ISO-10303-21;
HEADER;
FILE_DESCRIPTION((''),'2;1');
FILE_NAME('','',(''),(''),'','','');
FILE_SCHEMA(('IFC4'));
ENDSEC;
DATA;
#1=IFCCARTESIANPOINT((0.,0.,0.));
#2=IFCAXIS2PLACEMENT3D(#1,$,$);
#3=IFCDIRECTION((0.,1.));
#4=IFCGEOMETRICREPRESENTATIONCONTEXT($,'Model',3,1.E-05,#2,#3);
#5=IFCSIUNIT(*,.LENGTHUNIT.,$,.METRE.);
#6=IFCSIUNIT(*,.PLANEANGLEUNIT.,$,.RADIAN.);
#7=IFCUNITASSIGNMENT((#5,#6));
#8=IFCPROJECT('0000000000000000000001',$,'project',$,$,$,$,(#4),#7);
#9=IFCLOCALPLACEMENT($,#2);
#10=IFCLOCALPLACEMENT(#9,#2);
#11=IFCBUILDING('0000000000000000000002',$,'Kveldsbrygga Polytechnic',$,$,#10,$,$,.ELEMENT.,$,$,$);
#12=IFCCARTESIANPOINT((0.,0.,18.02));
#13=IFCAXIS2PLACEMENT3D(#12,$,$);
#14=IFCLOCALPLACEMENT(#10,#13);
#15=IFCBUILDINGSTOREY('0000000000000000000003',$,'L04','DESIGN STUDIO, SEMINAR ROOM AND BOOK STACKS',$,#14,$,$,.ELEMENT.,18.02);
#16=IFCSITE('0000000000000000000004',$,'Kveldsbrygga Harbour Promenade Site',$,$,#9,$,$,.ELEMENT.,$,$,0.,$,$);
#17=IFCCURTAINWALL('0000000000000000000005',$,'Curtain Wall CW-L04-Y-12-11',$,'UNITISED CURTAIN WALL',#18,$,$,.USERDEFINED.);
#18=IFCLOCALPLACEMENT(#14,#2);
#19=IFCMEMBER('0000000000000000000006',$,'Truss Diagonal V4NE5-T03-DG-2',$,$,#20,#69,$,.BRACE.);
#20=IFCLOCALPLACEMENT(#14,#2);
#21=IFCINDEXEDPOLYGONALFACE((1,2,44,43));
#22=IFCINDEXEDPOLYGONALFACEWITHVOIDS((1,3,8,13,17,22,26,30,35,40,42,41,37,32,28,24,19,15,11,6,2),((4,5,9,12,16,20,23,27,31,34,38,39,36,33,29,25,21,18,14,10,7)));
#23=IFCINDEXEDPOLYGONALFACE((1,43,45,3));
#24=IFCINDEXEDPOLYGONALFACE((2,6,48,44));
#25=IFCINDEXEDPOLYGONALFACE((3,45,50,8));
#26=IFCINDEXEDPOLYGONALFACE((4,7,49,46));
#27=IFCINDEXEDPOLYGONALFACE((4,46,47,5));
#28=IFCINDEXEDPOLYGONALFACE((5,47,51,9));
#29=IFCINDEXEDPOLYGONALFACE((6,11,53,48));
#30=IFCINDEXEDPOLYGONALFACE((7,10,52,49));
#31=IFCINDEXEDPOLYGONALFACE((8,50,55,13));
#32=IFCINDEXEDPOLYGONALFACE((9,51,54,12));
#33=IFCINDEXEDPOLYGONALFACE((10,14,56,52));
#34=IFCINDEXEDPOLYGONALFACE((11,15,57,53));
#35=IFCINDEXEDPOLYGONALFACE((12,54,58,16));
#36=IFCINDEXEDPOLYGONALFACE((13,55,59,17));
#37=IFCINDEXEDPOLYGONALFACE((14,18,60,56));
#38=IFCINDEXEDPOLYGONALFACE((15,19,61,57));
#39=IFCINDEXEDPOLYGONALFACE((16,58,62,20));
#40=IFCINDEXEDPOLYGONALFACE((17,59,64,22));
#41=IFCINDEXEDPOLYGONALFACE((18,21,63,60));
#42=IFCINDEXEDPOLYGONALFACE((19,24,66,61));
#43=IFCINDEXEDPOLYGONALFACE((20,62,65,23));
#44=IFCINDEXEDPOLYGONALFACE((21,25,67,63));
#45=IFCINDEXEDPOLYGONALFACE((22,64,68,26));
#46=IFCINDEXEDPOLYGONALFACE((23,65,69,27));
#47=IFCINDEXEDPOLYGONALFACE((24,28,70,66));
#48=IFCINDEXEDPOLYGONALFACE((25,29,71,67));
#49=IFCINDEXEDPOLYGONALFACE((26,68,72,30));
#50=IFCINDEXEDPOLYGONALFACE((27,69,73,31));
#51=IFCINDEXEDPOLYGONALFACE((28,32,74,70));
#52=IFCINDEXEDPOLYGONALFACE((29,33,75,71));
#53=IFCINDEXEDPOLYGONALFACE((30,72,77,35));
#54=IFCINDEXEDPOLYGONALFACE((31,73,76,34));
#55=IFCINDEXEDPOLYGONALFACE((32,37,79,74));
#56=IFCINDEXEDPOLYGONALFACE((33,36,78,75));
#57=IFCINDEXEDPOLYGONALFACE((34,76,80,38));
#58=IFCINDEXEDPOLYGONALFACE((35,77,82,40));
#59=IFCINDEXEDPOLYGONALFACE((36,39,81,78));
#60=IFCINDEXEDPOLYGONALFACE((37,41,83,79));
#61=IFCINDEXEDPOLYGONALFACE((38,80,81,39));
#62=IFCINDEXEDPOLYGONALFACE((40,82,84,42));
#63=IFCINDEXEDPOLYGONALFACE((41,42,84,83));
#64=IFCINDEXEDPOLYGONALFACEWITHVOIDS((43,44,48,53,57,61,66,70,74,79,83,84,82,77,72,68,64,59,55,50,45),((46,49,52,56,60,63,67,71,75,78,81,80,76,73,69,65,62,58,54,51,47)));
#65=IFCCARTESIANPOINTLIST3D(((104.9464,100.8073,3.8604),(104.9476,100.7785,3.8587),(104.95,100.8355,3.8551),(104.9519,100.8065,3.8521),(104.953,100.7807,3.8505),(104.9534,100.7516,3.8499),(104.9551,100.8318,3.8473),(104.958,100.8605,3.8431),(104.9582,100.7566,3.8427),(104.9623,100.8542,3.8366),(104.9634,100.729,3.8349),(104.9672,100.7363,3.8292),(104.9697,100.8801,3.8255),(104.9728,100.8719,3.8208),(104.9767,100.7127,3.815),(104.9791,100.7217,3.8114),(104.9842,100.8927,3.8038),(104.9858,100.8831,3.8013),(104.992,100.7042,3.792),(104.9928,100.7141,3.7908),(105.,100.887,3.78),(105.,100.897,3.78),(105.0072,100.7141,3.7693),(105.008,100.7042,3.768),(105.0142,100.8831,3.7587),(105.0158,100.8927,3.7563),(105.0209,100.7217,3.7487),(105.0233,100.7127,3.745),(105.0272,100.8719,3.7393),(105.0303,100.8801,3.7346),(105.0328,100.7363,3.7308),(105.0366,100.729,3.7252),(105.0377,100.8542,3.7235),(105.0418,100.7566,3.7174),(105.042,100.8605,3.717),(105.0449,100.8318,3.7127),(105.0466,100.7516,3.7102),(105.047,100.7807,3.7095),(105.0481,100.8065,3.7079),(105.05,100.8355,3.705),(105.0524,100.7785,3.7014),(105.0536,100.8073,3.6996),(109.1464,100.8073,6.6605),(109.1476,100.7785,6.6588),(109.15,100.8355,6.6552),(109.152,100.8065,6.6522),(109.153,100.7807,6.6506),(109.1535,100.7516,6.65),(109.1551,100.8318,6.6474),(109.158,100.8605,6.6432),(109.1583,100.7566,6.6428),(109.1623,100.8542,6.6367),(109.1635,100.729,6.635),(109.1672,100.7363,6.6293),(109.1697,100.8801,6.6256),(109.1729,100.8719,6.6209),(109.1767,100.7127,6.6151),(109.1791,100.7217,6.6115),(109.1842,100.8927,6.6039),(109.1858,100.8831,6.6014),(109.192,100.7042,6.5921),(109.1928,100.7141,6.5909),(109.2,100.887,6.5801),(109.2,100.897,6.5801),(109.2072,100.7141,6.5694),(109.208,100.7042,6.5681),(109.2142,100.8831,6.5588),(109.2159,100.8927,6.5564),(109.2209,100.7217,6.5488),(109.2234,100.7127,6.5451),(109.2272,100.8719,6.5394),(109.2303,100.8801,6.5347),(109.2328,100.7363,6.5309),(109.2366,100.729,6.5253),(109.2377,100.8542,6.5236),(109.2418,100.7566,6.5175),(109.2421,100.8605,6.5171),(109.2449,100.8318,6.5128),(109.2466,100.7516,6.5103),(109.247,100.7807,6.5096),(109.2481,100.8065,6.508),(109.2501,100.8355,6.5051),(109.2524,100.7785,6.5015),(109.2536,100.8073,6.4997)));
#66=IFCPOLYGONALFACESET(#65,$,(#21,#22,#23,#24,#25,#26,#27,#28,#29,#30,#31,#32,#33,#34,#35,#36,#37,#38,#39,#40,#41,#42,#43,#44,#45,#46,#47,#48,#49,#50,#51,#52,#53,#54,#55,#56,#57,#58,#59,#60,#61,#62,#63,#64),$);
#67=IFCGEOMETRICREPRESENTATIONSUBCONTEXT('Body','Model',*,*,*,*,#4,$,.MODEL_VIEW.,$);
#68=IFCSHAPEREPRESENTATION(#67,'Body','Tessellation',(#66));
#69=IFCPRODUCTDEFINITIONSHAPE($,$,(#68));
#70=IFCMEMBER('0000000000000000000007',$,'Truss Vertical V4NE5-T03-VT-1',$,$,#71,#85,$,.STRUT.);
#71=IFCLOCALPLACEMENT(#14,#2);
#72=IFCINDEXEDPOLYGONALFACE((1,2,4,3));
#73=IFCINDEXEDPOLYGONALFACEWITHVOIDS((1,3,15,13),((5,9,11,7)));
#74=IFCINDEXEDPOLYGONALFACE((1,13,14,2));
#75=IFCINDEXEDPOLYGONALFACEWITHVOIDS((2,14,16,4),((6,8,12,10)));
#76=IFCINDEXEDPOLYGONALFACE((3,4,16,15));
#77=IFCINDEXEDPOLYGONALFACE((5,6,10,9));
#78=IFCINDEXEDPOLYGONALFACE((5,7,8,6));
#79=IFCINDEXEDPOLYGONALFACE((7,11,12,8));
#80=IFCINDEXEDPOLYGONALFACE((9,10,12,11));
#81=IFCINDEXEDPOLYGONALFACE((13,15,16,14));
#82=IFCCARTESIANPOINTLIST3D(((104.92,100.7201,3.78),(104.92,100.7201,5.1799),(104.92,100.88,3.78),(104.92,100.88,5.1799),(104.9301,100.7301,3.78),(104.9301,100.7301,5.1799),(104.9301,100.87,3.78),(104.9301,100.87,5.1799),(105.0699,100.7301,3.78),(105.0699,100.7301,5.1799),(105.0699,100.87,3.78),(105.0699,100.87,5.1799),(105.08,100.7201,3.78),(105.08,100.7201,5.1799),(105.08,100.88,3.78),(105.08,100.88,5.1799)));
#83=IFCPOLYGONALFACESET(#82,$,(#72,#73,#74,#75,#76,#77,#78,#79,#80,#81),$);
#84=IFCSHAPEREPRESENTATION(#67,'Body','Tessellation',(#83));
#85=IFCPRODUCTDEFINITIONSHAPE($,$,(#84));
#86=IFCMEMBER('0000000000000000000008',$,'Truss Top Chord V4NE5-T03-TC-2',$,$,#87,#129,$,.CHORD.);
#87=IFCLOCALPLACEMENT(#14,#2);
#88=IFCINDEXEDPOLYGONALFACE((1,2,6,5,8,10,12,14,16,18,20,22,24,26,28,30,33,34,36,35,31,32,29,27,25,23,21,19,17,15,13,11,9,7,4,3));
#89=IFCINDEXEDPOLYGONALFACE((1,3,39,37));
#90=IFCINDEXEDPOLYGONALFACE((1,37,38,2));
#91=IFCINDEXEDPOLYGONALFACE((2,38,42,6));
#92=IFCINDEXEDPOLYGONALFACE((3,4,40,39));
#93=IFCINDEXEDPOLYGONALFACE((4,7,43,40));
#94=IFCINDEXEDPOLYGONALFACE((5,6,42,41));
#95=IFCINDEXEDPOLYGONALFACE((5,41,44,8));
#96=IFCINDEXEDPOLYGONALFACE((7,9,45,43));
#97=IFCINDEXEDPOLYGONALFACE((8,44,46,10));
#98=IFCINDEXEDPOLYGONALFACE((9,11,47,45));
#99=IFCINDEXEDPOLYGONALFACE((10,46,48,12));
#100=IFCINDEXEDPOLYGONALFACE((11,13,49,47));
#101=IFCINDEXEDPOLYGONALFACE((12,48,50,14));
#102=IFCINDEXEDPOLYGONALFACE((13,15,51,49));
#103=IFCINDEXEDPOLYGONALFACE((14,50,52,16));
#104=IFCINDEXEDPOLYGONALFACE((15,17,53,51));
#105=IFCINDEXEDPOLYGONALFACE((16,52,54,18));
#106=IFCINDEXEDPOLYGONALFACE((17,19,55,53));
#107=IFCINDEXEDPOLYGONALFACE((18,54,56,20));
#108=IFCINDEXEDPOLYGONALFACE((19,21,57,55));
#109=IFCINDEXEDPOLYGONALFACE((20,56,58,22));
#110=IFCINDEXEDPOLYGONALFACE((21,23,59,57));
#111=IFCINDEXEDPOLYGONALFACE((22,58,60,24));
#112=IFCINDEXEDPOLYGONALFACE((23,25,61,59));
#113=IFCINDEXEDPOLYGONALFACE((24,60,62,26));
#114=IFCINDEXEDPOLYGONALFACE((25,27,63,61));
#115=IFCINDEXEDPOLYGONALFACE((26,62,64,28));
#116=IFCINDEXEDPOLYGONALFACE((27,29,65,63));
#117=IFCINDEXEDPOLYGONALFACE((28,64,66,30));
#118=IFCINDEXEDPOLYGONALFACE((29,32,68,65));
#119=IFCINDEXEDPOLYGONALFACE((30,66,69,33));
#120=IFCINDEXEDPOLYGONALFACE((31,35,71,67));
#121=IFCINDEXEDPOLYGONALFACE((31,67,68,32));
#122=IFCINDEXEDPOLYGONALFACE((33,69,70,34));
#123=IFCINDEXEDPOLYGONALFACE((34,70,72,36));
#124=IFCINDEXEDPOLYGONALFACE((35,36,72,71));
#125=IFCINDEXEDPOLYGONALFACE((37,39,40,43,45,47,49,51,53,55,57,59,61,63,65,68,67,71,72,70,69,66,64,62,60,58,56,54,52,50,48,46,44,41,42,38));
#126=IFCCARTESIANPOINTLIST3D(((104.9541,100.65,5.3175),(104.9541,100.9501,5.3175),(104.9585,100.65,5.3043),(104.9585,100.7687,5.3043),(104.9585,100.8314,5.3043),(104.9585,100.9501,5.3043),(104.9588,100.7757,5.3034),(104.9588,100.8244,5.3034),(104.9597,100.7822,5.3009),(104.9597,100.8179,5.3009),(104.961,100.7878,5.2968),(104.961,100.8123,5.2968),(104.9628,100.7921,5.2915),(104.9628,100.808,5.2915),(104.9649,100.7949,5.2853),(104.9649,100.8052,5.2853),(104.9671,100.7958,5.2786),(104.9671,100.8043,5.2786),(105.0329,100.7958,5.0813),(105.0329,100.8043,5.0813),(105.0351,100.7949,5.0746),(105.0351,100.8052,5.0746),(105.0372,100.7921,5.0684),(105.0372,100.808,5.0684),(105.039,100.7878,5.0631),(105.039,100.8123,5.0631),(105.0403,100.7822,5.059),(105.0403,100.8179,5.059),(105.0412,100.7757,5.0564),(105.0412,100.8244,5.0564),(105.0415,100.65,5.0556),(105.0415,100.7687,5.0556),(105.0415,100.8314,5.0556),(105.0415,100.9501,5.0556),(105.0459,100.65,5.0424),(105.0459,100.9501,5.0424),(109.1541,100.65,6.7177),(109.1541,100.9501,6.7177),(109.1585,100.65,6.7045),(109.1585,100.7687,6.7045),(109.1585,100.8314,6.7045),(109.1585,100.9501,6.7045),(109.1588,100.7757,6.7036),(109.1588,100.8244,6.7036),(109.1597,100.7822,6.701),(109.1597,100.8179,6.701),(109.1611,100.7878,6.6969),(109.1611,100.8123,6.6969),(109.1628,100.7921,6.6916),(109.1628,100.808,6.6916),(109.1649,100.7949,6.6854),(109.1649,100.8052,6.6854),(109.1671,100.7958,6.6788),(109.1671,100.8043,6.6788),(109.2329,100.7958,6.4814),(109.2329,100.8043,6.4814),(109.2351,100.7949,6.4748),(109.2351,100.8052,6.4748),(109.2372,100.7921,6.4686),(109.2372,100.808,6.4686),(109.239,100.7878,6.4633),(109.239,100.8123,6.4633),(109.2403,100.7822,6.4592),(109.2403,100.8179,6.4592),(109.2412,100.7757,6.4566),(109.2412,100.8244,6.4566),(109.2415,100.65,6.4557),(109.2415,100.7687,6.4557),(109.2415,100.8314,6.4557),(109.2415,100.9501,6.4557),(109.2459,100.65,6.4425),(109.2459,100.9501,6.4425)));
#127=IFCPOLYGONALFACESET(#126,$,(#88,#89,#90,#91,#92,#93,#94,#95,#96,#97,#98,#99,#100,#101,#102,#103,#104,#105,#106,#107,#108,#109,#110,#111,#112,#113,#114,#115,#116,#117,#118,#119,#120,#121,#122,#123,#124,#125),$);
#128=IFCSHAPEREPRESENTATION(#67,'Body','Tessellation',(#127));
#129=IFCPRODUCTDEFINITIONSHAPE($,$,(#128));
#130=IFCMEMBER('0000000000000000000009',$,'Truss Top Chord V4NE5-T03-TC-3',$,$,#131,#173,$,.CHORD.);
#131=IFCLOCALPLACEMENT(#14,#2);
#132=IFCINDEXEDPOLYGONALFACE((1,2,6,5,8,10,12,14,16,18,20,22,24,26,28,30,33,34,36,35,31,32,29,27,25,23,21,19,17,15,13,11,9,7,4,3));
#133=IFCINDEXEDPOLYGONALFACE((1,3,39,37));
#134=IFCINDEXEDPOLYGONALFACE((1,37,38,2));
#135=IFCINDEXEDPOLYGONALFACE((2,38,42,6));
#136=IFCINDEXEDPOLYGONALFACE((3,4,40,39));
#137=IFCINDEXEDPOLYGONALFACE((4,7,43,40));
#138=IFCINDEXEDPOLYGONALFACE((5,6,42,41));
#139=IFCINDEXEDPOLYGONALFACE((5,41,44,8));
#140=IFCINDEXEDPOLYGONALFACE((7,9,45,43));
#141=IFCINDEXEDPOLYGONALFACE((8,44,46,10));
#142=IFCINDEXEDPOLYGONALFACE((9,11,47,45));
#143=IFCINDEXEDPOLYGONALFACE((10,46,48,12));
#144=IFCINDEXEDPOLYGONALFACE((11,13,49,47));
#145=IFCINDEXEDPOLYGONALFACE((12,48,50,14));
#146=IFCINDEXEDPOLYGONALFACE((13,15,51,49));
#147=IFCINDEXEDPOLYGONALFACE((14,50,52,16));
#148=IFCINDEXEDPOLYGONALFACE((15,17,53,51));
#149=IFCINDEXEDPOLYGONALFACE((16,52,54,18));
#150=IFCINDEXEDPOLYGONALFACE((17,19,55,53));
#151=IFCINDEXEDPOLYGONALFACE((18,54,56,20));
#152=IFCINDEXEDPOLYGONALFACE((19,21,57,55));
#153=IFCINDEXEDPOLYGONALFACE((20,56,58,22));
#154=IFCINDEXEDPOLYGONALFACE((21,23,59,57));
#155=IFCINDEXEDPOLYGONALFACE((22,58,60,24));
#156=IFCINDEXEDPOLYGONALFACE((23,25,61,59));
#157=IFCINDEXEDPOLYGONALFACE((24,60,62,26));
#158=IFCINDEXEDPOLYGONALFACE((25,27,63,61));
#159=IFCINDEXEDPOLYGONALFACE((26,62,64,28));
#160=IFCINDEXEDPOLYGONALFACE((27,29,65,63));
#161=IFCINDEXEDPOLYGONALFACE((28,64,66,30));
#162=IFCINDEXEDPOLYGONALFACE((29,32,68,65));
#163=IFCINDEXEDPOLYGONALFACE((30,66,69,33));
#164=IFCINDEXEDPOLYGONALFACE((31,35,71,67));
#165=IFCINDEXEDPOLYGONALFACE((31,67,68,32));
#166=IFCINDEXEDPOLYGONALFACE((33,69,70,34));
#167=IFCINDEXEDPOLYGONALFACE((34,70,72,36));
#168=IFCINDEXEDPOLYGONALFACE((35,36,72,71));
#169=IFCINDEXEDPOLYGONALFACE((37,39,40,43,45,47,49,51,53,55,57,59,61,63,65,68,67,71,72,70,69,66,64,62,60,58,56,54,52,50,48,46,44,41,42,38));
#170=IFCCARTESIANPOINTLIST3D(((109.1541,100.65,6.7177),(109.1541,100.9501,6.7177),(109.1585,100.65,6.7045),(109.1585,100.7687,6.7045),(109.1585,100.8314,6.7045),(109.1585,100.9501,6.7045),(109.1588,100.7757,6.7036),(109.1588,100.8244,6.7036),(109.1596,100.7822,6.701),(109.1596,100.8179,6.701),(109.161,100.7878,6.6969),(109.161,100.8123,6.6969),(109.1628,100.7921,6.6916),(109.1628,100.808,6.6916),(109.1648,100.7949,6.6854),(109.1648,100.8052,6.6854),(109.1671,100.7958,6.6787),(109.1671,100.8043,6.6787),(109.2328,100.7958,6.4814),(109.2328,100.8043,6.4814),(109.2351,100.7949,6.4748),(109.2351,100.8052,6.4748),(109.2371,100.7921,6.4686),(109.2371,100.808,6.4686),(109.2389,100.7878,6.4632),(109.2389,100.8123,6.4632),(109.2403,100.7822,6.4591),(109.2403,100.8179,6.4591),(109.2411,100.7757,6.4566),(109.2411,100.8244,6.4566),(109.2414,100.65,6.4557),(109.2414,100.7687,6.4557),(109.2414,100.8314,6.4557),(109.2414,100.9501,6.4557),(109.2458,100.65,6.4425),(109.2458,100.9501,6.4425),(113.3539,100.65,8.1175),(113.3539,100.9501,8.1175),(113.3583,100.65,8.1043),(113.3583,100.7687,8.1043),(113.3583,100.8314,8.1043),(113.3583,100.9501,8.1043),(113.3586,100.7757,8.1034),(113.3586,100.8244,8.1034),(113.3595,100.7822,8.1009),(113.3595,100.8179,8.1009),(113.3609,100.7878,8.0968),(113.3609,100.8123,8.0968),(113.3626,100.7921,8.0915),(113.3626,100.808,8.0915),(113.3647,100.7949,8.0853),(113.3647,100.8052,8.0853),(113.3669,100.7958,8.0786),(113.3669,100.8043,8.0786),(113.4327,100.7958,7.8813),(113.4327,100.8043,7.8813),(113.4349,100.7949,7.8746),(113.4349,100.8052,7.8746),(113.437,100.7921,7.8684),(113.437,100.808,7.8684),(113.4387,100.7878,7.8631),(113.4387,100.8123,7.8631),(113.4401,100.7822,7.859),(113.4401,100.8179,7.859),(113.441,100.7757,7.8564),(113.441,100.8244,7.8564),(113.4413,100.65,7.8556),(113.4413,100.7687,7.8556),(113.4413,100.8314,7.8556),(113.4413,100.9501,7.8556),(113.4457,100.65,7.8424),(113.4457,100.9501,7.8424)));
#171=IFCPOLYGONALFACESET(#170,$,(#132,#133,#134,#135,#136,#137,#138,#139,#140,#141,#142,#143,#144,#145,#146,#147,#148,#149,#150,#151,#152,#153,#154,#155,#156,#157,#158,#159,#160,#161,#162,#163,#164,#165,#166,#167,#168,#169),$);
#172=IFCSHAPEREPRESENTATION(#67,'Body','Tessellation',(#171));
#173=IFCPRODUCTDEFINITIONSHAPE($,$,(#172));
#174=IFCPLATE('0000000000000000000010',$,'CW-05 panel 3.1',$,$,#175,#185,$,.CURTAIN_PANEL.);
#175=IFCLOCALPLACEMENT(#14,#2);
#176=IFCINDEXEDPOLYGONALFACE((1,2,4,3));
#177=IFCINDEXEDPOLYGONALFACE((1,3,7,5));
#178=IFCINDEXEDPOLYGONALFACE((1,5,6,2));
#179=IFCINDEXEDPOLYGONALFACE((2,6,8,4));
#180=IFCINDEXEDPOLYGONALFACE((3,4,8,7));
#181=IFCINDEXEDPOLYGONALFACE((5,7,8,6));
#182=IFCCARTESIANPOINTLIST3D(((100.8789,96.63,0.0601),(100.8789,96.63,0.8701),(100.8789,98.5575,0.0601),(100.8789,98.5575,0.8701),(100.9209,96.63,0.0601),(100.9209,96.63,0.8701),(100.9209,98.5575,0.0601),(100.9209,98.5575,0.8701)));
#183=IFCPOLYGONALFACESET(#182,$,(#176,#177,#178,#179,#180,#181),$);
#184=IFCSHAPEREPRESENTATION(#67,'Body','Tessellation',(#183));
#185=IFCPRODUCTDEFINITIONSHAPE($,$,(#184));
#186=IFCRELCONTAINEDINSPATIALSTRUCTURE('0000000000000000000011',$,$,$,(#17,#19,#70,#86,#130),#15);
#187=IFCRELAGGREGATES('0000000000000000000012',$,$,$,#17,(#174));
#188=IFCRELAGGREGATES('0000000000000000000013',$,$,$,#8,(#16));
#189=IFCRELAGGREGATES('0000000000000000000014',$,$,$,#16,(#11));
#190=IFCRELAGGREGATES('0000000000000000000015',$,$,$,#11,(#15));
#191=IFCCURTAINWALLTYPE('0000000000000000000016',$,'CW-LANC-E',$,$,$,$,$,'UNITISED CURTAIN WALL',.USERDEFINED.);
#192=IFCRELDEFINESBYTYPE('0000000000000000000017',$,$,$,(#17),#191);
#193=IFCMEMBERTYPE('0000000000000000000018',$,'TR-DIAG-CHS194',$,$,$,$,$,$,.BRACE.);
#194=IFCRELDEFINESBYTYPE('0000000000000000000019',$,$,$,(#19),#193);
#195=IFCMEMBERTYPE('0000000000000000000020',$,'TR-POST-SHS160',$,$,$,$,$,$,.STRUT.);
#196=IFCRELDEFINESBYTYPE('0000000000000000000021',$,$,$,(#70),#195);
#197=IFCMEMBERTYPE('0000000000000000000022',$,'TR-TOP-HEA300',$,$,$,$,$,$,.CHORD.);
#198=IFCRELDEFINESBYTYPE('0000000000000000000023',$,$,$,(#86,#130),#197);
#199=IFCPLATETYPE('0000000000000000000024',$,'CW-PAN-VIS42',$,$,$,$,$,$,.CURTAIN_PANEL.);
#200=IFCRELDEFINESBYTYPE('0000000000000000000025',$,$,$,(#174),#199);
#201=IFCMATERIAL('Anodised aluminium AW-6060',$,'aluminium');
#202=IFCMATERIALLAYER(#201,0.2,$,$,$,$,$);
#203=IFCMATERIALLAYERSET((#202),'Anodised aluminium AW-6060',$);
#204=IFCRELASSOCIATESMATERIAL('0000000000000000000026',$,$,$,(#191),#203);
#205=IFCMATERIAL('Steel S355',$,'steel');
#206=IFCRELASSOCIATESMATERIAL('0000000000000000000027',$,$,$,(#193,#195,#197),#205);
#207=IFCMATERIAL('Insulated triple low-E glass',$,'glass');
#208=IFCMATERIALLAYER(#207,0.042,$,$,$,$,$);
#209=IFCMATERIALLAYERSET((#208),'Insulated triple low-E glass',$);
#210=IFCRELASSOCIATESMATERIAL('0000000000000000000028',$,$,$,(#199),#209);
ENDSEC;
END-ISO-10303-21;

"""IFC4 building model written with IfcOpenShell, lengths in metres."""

from ifc_helpers import new_model, si_unit, direction, frame, origin, origin_2d, place, context, subcontext, project, spatial, rectangle, hollow_rectangle, hollow_circle, i_section, extrude, material, layer, layer_set, material_profile, profile_set, type_object, element, aggregate, save


model = new_model("IFC4")

# Units and contexts
model_context = context("Model", 3, precision=1e-05, world=origin(), true_north=direction((0.0, 1.0)))
body_context = subcontext(model_context, "Body", "Model", "MODEL_VIEW")
ifc_project = project(units=[si_unit("LENGTHUNIT", "METRE"), si_unit("PLANEANGLEUNIT", "RADIAN")], contexts=[model_context])

# Site, building, storey
site_placement = place(None, origin())
site = spatial("IfcSite", under=ifc_project, at=site_placement, Name="Kveldsbrygga Harbour Promenade Site", CompositionType="ELEMENT", RefElevation=0.0)
building_placement = place(site_placement, origin())
building = spatial("IfcBuilding", under=site, at=building_placement, Name="Kveldsbrygga Polytechnic", CompositionType="ELEMENT")
storey_placement = place(building_placement, frame((0.0, 0.0, 18.02)))
storey = spatial("IfcBuildingStorey", under=building, at=storey_placement, Name="L04", Description="DESIGN STUDIO, SEMINAR ROOM AND BOOK STACKS", CompositionType="ELEMENT", Elevation=18.02)

# Curtain wall
ifc_material_1 = material(Name="Anodised aluminium AW-6060", Category="aluminium")
ifc_layer_1 = layer(ifc_material_1, 0.2)
ifc_layer_set_1 = layer_set([ifc_layer_1], Name="Anodised aluminium AW-6060")
curtain_wall_type = type_object("IfcCurtainWallType", Name="CW-LANC-E", ElementType="UNITISED CURTAIN WALL", PredefinedType="USERDEFINED", material=ifc_layer_set_1)
curtain_wall_placement = place(storey_placement, origin())
curtain_wall = element("IfcCurtainWall", 1, at=curtain_wall_placement, inside=storey, type_object=curtain_wall_type, Name="Curtain Wall CW-L04-Y-12-11", ObjectType="UNITISED CURTAIN WALL", PredefinedType="USERDEFINED")

# Members
ifc_material_2 = material(Name="Steel S355", Category="steel")
ifc_material_profile_1 = material_profile(ifc_material_2, hollow_circle(Radius=0.0969, WallThickness=0.01, at=origin_2d()), Name="CHS 193.7x10.0")
ifc_profile_set_1 = profile_set([ifc_material_profile_1], Name="Steel S355")
member_type_1 = type_object("IfcMemberType", Name="TR-DIAG-CHS194", PredefinedType="BRACE", material=ifc_profile_set_1)
member_1_placement = place(storey_placement, frame((105.0, 100.8, 3.78), z_axis=(0.832043, 0.0, 0.554711), x_axis=(0.0, 1.0, 0.0)))
element("IfcMember", 2, at=member_1_placement, inside=storey, type_object=member_type_1, Name="Truss Diagonal V4NE5-T03-DG-2", PredefinedType="BRACE", context=body_context, shape_type="SweptSolid", body=[
    extrude(hollow_circle(Radius=0.0969, WallThickness=0.01, at=origin_2d()), origin(), (0.0, 0.0, 1.0), 5.0479),
])
ifc_material_profile_2 = material_profile(ifc_material_2, hollow_rectangle(XDim=0.1599, YDim=0.1599, WallThickness=0.01, at=origin_2d()), Name="SHS 160x160x10.0")
ifc_profile_set_2 = profile_set([ifc_material_profile_2], Name="Steel S355")
member_type_2 = type_object("IfcMemberType", Name="TR-POST-SHS160", PredefinedType="STRUT", material=ifc_profile_set_2)
member_2_placement = place(storey_placement, frame((105.0, 100.8, 3.78), z_axis=(0.0, 0.0, 1.0), x_axis=(1.0, 0.0, 0.0)))
element("IfcMember", 3, at=member_2_placement, inside=storey, type_object=member_type_2, Name="Truss Vertical V4NE5-T03-VT-1", PredefinedType="STRUT", context=body_context, shape_type="SweptSolid", body=[
    extrude(hollow_rectangle(XDim=0.1599, YDim=0.1599, WallThickness=0.01, at=origin_2d()), origin(), (0.0, 0.0, 1.0), 1.3999),
])
ifc_material_profile_3 = material_profile(ifc_material_2, i_section(OverallWidth=0.3, OverallDepth=0.29, WebThickness=0.0085, FlangeThickness=0.0139, FilletRadius=0.0271, at=origin_2d()), Name="HEA 300")
ifc_profile_set_3 = profile_set([ifc_material_profile_3], Name="Steel S355")
member_type_3 = type_object("IfcMemberType", Name="TR-TOP-HEA300", PredefinedType="CHORD", material=ifc_profile_set_3)
member_3_placement = place(storey_placement, frame((105.0, 100.8, 5.1799), z_axis=(0.948672, 0.0, 0.316261), x_axis=(0.0, 1.0, 0.0)))
element("IfcMember", 4, at=member_3_placement, inside=storey, type_object=member_type_3, Name="Truss Top Chord V4NE5-T03-TC-2", PredefinedType="CHORD", context=body_context, shape_type="SweptSolid", body=[
    extrude(i_section(OverallWidth=0.3, OverallDepth=0.29, WebThickness=0.0085, FlangeThickness=0.0139, FilletRadius=0.0271, at=origin_2d()), origin(), (0.0, 0.0, 1.0), 4.4272),
])
member_4_placement = place(storey_placement, frame((109.2, 100.8, 6.5801), z_axis=(0.948689, 0.0, 0.316211), x_axis=(0.0, 1.0, 0.0)))
element("IfcMember", 5, at=member_4_placement, inside=storey, type_object=member_type_3, Name="Truss Top Chord V4NE5-T03-TC-3", PredefinedType="CHORD", context=body_context, shape_type="SweptSolid", body=[
    extrude(i_section(OverallWidth=0.3, OverallDepth=0.29, WebThickness=0.0085, FlangeThickness=0.0139, FilletRadius=0.0271, at=origin_2d()), origin(), (0.0, 0.0, 1.0), 4.427),
])

# Plate
ifc_material_3 = material(Name="Insulated triple low-E glass", Category="glass")
ifc_layer_2 = layer(ifc_material_3, 0.042)
ifc_layer_set_2 = layer_set([ifc_layer_2], Name="Insulated triple low-E glass")
plate_type_1 = type_object("IfcPlateType", Name="CW-PAN-VIS42", PredefinedType="CURTAIN_PANEL", material=ifc_layer_set_2)
plate_1_placement = place(storey_placement, frame((100.8999, 97.5938, 0.0601), z_axis=(0.0, 0.0, 1.0), x_axis=(0.0, 1.0, 0.0)))
plate_1 = element("IfcPlate", 6, at=plate_1_placement, type_object=plate_type_1, Name="CW-05 panel 3.1", PredefinedType="CURTAIN_PANEL", context=body_context, shape_type="SweptSolid", body=[
    extrude(rectangle(XDim=1.9275, YDim=0.042, at=origin_2d()), origin(), (0.0, 0.0, 1.0), 0.8101),
])
aggregate(curtain_wall, [plate_1])

save(model, "model.ifc")
